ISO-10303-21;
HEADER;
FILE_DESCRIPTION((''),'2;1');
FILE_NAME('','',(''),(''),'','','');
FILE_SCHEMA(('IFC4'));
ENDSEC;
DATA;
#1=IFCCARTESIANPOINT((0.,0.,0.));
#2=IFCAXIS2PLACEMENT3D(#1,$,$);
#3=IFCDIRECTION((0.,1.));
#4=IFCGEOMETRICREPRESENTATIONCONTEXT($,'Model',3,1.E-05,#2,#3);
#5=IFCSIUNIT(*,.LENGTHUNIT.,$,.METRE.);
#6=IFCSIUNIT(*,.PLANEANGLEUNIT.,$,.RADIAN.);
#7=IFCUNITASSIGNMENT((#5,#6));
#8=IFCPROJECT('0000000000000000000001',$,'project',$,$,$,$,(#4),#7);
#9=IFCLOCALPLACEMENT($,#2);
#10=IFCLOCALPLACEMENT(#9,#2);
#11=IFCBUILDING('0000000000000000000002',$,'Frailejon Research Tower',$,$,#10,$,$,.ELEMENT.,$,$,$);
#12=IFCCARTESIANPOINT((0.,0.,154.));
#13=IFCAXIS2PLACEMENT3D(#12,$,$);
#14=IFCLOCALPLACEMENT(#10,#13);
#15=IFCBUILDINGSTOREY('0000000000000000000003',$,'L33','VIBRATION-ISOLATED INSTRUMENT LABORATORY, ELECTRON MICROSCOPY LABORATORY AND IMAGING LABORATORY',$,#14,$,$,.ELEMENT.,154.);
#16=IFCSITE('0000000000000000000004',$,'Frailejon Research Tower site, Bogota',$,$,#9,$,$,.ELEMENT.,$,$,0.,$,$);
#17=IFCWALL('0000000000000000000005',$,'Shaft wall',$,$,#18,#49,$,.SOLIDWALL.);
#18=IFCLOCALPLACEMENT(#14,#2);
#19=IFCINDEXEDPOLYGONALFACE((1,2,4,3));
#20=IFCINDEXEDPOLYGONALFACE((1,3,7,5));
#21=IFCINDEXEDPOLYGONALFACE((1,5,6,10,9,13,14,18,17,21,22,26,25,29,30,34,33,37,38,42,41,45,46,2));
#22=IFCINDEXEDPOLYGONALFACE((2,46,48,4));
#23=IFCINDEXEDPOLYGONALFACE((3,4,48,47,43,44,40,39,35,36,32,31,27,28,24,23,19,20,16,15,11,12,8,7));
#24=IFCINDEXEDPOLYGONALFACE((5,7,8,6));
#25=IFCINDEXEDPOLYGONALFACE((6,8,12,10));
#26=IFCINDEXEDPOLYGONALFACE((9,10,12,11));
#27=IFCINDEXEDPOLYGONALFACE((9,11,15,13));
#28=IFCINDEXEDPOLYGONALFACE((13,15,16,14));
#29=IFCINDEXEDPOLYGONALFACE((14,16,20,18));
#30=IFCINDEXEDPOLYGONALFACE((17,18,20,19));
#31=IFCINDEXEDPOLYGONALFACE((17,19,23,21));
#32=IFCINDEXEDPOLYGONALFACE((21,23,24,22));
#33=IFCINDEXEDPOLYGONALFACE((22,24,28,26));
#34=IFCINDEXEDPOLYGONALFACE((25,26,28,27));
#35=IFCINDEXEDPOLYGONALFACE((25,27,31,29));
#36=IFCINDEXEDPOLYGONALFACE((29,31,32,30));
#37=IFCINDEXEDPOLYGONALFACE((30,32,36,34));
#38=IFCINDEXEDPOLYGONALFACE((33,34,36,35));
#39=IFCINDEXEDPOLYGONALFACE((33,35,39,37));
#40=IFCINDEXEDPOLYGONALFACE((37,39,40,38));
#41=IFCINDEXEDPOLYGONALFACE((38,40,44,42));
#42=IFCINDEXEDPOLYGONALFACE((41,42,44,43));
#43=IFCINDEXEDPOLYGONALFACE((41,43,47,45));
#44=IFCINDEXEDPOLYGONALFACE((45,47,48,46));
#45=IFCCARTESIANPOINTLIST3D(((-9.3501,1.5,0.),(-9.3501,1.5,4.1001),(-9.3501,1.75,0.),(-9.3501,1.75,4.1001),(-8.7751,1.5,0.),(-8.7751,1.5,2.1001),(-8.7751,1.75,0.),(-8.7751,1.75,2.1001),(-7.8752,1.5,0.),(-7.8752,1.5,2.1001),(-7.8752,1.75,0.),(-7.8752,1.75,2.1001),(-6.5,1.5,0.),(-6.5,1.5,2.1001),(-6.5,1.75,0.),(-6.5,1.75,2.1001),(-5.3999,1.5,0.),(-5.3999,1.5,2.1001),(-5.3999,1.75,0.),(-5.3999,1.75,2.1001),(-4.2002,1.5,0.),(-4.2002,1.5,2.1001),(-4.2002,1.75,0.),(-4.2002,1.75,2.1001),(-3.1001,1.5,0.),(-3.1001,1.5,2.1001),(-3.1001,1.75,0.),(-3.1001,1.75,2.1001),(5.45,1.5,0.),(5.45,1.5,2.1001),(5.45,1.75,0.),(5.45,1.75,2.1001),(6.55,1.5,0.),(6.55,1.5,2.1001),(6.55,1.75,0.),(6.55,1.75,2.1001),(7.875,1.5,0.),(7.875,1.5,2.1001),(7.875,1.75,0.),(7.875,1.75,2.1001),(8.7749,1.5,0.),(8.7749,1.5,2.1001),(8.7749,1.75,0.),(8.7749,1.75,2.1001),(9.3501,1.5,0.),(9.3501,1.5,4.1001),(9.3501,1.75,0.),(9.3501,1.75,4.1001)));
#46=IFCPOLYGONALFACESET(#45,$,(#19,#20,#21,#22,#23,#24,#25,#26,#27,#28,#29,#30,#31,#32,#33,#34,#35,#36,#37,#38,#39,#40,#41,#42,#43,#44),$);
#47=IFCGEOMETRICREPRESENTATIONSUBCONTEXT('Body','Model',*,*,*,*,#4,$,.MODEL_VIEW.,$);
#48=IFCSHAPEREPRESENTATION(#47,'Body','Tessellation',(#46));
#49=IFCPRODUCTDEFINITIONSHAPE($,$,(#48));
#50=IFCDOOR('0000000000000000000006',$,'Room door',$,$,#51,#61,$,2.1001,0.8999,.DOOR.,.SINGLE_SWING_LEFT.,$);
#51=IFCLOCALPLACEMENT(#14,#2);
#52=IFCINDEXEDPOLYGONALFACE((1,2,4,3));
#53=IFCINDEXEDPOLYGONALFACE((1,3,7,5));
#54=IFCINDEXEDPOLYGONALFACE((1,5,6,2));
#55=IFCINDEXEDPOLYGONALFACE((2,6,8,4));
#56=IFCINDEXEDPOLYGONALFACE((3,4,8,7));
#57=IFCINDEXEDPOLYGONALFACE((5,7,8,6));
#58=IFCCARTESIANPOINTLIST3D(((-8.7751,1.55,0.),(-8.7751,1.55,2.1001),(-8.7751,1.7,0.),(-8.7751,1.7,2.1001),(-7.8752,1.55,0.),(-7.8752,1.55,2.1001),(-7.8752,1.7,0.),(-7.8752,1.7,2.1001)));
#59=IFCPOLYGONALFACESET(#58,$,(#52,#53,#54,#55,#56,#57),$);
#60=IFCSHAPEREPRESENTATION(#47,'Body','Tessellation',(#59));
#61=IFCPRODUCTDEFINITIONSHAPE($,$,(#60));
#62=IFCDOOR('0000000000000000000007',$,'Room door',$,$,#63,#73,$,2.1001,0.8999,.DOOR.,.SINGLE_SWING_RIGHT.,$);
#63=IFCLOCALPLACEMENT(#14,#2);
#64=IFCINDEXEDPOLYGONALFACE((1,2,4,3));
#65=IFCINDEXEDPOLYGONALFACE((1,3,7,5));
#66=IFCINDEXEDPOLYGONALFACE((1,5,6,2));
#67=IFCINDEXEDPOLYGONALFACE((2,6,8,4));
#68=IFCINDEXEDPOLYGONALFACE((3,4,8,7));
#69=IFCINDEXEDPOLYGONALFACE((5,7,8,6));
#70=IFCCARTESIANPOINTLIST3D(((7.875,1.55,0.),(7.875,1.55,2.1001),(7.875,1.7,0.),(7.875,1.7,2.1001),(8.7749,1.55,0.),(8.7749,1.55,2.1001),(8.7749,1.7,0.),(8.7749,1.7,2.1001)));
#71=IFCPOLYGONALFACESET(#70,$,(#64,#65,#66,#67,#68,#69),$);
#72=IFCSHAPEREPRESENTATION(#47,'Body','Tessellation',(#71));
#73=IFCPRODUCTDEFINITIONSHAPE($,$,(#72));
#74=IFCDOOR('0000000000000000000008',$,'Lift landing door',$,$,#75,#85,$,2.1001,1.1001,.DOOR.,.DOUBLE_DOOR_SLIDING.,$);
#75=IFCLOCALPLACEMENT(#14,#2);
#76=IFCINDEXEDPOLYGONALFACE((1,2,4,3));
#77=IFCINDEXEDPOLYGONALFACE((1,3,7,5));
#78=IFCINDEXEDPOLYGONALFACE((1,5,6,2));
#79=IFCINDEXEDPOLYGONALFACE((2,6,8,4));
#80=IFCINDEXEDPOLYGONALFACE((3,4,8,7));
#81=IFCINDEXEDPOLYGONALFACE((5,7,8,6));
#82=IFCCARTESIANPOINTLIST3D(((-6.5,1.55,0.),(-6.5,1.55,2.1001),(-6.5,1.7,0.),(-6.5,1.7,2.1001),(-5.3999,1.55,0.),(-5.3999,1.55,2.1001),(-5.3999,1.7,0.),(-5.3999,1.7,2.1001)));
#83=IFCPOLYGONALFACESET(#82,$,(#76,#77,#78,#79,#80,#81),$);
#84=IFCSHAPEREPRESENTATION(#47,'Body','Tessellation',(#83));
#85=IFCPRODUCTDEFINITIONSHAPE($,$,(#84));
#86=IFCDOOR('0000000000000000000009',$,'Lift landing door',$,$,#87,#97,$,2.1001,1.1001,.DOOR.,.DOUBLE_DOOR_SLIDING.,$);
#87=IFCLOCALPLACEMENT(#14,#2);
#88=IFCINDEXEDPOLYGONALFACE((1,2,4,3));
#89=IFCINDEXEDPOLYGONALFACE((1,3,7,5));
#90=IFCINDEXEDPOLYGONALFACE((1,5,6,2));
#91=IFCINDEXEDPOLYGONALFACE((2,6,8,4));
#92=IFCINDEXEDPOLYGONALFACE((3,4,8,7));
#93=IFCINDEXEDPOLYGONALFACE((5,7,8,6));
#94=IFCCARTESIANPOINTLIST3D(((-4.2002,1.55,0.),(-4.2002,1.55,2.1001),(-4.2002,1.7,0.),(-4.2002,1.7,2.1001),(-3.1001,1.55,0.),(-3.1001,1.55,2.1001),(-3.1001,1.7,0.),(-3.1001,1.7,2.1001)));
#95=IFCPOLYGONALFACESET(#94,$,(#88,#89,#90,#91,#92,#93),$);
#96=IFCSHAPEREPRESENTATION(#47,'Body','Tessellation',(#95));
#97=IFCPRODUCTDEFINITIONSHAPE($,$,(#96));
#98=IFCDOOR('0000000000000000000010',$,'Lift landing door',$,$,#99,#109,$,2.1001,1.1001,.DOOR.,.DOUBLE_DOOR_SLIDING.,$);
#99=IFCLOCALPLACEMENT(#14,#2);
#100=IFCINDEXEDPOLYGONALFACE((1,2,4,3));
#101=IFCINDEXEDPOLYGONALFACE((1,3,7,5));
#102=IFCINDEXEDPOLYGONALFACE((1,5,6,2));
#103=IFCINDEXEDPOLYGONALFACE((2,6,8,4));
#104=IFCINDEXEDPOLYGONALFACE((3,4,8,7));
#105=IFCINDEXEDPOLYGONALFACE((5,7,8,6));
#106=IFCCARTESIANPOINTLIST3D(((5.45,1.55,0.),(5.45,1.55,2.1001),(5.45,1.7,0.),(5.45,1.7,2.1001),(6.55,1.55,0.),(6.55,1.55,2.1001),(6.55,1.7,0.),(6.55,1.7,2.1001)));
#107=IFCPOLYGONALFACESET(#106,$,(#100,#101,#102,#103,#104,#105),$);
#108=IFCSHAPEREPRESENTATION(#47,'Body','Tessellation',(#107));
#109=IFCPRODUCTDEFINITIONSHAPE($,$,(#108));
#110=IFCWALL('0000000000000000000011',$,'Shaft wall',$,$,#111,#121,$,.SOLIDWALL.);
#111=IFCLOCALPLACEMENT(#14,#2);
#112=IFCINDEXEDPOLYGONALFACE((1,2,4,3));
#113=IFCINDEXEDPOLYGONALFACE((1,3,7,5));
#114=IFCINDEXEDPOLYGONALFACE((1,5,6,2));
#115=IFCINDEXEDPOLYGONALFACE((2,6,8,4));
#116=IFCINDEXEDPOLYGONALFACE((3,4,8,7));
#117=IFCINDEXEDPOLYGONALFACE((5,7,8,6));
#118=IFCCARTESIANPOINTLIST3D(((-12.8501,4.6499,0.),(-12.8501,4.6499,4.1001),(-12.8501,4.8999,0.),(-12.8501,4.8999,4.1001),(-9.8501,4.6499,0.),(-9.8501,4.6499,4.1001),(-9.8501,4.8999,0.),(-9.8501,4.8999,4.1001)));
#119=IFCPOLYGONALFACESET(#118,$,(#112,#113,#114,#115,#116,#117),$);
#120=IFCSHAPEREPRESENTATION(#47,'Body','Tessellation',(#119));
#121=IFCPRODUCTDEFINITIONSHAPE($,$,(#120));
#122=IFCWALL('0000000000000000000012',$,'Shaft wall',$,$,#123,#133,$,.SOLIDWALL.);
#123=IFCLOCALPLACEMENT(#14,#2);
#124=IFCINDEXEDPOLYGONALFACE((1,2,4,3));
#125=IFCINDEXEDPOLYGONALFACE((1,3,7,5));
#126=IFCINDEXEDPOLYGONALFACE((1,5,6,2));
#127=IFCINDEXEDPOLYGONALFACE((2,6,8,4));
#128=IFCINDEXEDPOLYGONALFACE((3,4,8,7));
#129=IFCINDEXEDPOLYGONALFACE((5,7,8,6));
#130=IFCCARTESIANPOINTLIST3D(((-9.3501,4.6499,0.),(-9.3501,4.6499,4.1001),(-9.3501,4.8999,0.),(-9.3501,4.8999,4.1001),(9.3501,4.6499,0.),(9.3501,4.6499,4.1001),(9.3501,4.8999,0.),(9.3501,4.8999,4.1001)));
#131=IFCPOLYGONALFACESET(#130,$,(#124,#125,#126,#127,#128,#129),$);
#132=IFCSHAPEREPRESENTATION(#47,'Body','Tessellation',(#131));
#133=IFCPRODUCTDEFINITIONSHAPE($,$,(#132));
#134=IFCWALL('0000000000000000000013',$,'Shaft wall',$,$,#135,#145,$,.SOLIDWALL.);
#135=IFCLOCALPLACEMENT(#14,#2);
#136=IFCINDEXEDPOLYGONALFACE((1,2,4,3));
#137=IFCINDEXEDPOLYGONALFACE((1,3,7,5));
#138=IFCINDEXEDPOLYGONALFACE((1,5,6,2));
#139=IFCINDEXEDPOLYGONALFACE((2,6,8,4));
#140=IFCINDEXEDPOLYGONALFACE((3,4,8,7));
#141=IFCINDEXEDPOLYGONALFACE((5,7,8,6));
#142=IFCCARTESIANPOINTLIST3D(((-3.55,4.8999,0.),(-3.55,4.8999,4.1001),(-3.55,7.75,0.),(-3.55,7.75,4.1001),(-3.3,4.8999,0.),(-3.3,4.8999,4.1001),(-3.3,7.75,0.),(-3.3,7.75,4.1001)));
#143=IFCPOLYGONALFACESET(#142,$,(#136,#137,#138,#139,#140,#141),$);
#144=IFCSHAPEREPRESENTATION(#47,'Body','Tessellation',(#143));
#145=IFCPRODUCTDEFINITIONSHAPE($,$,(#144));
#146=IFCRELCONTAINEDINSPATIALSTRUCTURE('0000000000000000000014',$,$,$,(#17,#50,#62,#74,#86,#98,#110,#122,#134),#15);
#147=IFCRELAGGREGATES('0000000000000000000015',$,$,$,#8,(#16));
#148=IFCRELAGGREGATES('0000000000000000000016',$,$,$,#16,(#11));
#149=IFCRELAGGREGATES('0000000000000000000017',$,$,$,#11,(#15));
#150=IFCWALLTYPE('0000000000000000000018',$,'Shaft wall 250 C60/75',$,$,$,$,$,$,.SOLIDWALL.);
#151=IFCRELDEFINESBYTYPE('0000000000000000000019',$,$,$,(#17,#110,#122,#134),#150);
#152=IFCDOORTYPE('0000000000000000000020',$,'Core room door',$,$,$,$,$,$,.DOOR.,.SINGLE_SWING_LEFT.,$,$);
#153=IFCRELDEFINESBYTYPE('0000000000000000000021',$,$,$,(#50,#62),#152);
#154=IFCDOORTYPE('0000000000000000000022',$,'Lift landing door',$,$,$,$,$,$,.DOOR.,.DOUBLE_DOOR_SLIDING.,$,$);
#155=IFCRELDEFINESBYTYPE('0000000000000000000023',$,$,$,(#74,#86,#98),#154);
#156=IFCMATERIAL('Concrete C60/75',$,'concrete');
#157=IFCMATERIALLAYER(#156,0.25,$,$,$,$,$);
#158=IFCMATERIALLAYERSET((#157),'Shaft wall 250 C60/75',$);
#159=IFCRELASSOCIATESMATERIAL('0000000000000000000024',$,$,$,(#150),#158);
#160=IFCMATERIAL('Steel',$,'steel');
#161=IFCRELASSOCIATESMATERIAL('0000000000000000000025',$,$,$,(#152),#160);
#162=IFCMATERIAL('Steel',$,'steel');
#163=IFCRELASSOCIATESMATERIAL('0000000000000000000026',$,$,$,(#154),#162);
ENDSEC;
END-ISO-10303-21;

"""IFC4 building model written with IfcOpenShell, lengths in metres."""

from ifc_helpers import new_model, si_unit, direction, frame, frame_2d, origin, place, context, subcontext, project, spatial, rectangle, extrude, material, layer, layer_set, type_object, element, fill, save


model = new_model("IFC4")

# Units and contexts
model_context = context("Model", 3, precision=1e-05, world=origin(), true_north=direction((0.0, 1.0)))
body_context = subcontext(model_context, "Body", "Model", "MODEL_VIEW")
ifc_project = project(units=[si_unit("LENGTHUNIT", "METRE"), si_unit("PLANEANGLEUNIT", "RADIAN")], contexts=[model_context])

# Site, building, storey
site_placement = place(None, origin())
site = spatial("IfcSite", under=ifc_project, at=site_placement, Name="Frailejon Research Tower site, Bogota", CompositionType="ELEMENT", RefElevation=0.0)
building_placement = place(site_placement, origin())
building = spatial("IfcBuilding", under=site, at=building_placement, Name="Frailejon Research Tower", CompositionType="ELEMENT")
storey_placement = place(building_placement, frame((0.0, 0.0, 154.0)))
storey = spatial("IfcBuildingStorey", under=building, at=storey_placement, Name="L33", Description="VIBRATION-ISOLATED INSTRUMENT LABORATORY, ELECTRON MICROSCOPY LABORATORY AND IMAGING LABORATORY", CompositionType="ELEMENT", Elevation=154.0)

# Wall, openings, doors
ifc_material_1 = material(Name="Concrete C60/75", Category="concrete")
ifc_layer_1 = layer(ifc_material_1, 0.25)
ifc_layer_set_1 = layer_set([ifc_layer_1], Name="Shaft wall 250 C60/75")
wall_type_1 = type_object("IfcWallType", Name="Shaft wall 250 C60/75", PredefinedType="SOLIDWALL", material=ifc_layer_set_1)
ifc_material_2 = material(Name="Steel", Category="steel")
door_type_1 = type_object("IfcDoorType", Name="Core room door", OperationType="SINGLE_SWING_LEFT", PredefinedType="DOOR", material=ifc_material_2)
wall_1_placement = place(storey_placement, frame((-9.3501, 1.625, 0.0), z_axis=(0.0, 0.0, 1.0), x_axis=(1.0, 0.0, 0.0)))
wall_1 = element("IfcWall", 1, at=wall_1_placement, inside=storey, type_object=wall_type_1, Name="Shaft wall", PredefinedType="SOLIDWALL", context=body_context, shape_type="SweptSolid", body=[
    extrude(rectangle(XDim=18.7002, YDim=0.25, at=frame_2d((9.3501, 0.0))), origin(), (0.0, 0.0, 1.0), 4.1001),
])
opening_1_placement = place(wall_1_placement, frame((2.8501, 0.0, 0.0)))
opening_1 = element("IfcOpeningElement", 2, at=opening_1_placement, cuts=wall_1, PredefinedType="OPENING", context=body_context, shape_type="SweptSolid", body=[
    extrude(rectangle(XDim=1.1001, YDim=2.1001, at=frame_2d((0.55, 1.05))), frame((0.0, 0.135, 0.0), z_axis=(0.0, -1.0, 0.0), x_axis=(1.0, 0.0, 0.0)), (0.0, 0.0, 1.0), 0.27),
])
opening_2_placement = place(wall_1_placement, frame((5.1499, 0.0, 0.0)))
opening_2 = element("IfcOpeningElement", 3, at=opening_2_placement, cuts=wall_1, PredefinedType="OPENING", context=body_context, shape_type="SweptSolid", body=[
    extrude(rectangle(XDim=1.1001, YDim=2.1001, at=frame_2d((0.55, 1.05))), frame((0.0, 0.135, 0.0), z_axis=(0.0, -1.0, 0.0), x_axis=(1.0, 0.0, 0.0)), (0.0, 0.0, 1.0), 0.27),
])
opening_3_placement = place(wall_1_placement, frame((14.8, 0.0, 0.0)))
opening_3 = element("IfcOpeningElement", 4, at=opening_3_placement, cuts=wall_1, PredefinedType="OPENING", context=body_context, shape_type="SweptSolid", body=[
    extrude(rectangle(XDim=1.1001, YDim=2.1001, at=frame_2d((0.55, 1.05))), frame((0.0, 0.135, 0.0), z_axis=(0.0, -1.0, 0.0), x_axis=(1.0, 0.0, 0.0)), (0.0, 0.0, 1.0), 0.27),
])
opening_4_placement = place(wall_1_placement, frame((0.575, 0.0, 0.0)))
opening_4 = element("IfcOpeningElement", 5, at=opening_4_placement, cuts=wall_1, PredefinedType="OPENING", context=body_context, shape_type="SweptSolid", body=[
    extrude(rectangle(XDim=0.8999, YDim=2.1001, at=frame_2d((0.45, 1.05))), frame((0.0, 0.135, 0.0), z_axis=(0.0, -1.0, 0.0), x_axis=(1.0, 0.0, 0.0)), (0.0, 0.0, 1.0), 0.27),
])
opening_5_placement = place(wall_1_placement, frame((17.2251, 0.0, 0.0)))
opening_5 = element("IfcOpeningElement", 6, at=opening_5_placement, cuts=wall_1, PredefinedType="OPENING", context=body_context, shape_type="SweptSolid", body=[
    extrude(rectangle(XDim=0.8999, YDim=2.1001, at=frame_2d((0.45, 1.05))), frame((0.0, 0.135, 0.0), z_axis=(0.0, -1.0, 0.0), x_axis=(1.0, 0.0, 0.0)), (0.0, 0.0, 1.0), 0.27),
])
door_1_placement = place(opening_4_placement, origin())
door_1 = element("IfcDoor", 7, at=door_1_placement, inside=storey, type_object=door_type_1, Name="Room door", OperationType="SINGLE_SWING_LEFT", OverallHeight=2.1001, OverallWidth=0.8999, PredefinedType="DOOR", context=body_context, shape_type="SweptSolid", body=[
    extrude(rectangle(XDim=0.8999, YDim=2.1001, at=frame_2d((0.45, 1.05))), frame((0.0, 0.075, 0.0), z_axis=(0.0, -1.0, 0.0), x_axis=(1.0, 0.0, 0.0)), (0.0, 0.0, 1.0), 0.1499),
])
fill(opening_4, door_1)
door_2_placement = place(opening_5_placement, origin())
door_2 = element("IfcDoor", 8, at=door_2_placement, inside=storey, type_object=door_type_1, Name="Room door", OperationType="SINGLE_SWING_RIGHT", OverallHeight=2.1001, OverallWidth=0.8999, PredefinedType="DOOR", context=body_context, shape_type="SweptSolid", body=[
    extrude(rectangle(XDim=0.8999, YDim=2.1001, at=frame_2d((0.45, 1.05))), frame((0.0, 0.075, 0.0), z_axis=(0.0, -1.0, 0.0), x_axis=(1.0, 0.0, 0.0)), (0.0, 0.0, 1.0), 0.1499),
])
fill(opening_5, door_2)
ifc_material_3 = material(Name="Steel", Category="steel")
door_type_2 = type_object("IfcDoorType", Name="Lift landing door", OperationType="DOUBLE_DOOR_SLIDING", PredefinedType="DOOR", material=ifc_material_3)
door_3_placement = place(opening_1_placement, origin())
door_3 = element("IfcDoor", 9, at=door_3_placement, inside=storey, type_object=door_type_2, Name="Lift landing door", OperationType="DOUBLE_DOOR_SLIDING", OverallHeight=2.1001, OverallWidth=1.1001, PredefinedType="DOOR", context=body_context, shape_type="SweptSolid", body=[
    extrude(rectangle(XDim=1.1001, YDim=2.1001, at=frame_2d((0.55, 1.05))), frame((0.0, 0.075, 0.0), z_axis=(0.0, -1.0, 0.0), x_axis=(1.0, 0.0, 0.0)), (0.0, 0.0, 1.0), 0.1499),
])
fill(opening_1, door_3)
door_4_placement = place(opening_2_placement, origin())
door_4 = element("IfcDoor", 10, at=door_4_placement, inside=storey, type_object=door_type_2, Name="Lift landing door", OperationType="DOUBLE_DOOR_SLIDING", OverallHeight=2.1001, OverallWidth=1.1001, PredefinedType="DOOR", context=body_context, shape_type="SweptSolid", body=[
    extrude(rectangle(XDim=1.1001, YDim=2.1001, at=frame_2d((0.55, 1.05))), frame((0.0, 0.075, 0.0), z_axis=(0.0, -1.0, 0.0), x_axis=(1.0, 0.0, 0.0)), (0.0, 0.0, 1.0), 0.1499),
])
fill(opening_2, door_4)
door_5_placement = place(opening_3_placement, origin())
door_5 = element("IfcDoor", 11, at=door_5_placement, inside=storey, type_object=door_type_2, Name="Lift landing door", OperationType="DOUBLE_DOOR_SLIDING", OverallHeight=2.1001, OverallWidth=1.1001, PredefinedType="DOOR", context=body_context, shape_type="SweptSolid", body=[
    extrude(rectangle(XDim=1.1001, YDim=2.1001, at=frame_2d((0.55, 1.05))), frame((0.0, 0.075, 0.0), z_axis=(0.0, -1.0, 0.0), x_axis=(1.0, 0.0, 0.0)), (0.0, 0.0, 1.0), 0.1499),
])
fill(opening_3, door_5)

# Walls
wall_2_placement = place(storey_placement, frame((-12.8501, 4.7749, 0.0), z_axis=(0.0, 0.0, 1.0), x_axis=(1.0, 0.0, 0.0)))
element("IfcWall", 12, at=wall_2_placement, inside=storey, type_object=wall_type_1, Name="Shaft wall", PredefinedType="SOLIDWALL", context=body_context, shape_type="SweptSolid", body=[
    extrude(rectangle(XDim=3.0, YDim=0.25, at=frame_2d((1.5, 0.0))), origin(), (0.0, 0.0, 1.0), 4.1001),
])
wall_3_placement = place(storey_placement, frame((-9.3501, 4.7749, 0.0), z_axis=(0.0, 0.0, 1.0), x_axis=(1.0, 0.0, 0.0)))
element("IfcWall", 13, at=wall_3_placement, inside=storey, type_object=wall_type_1, Name="Shaft wall", PredefinedType="SOLIDWALL", context=body_context, shape_type="SweptSolid", body=[
    extrude(rectangle(XDim=18.7002, YDim=0.25, at=frame_2d((9.3501, 0.0))), origin(), (0.0, 0.0, 1.0), 4.1001),
])
wall_4_placement = place(storey_placement, frame((-3.425, 4.8999, 0.0), z_axis=(0.0, 0.0, 1.0), x_axis=(0.0, 1.0, 0.0)))
element("IfcWall", 14, at=wall_4_placement, inside=storey, type_object=wall_type_1, Name="Shaft wall", PredefinedType="SOLIDWALL", context=body_context, shape_type="SweptSolid", body=[
    extrude(rectangle(XDim=2.8501, YDim=0.25, at=frame_2d((1.425, 0.0))), origin(), (0.0, 0.0, 1.0), 4.1001),
])

save(model, "model.ifc")
